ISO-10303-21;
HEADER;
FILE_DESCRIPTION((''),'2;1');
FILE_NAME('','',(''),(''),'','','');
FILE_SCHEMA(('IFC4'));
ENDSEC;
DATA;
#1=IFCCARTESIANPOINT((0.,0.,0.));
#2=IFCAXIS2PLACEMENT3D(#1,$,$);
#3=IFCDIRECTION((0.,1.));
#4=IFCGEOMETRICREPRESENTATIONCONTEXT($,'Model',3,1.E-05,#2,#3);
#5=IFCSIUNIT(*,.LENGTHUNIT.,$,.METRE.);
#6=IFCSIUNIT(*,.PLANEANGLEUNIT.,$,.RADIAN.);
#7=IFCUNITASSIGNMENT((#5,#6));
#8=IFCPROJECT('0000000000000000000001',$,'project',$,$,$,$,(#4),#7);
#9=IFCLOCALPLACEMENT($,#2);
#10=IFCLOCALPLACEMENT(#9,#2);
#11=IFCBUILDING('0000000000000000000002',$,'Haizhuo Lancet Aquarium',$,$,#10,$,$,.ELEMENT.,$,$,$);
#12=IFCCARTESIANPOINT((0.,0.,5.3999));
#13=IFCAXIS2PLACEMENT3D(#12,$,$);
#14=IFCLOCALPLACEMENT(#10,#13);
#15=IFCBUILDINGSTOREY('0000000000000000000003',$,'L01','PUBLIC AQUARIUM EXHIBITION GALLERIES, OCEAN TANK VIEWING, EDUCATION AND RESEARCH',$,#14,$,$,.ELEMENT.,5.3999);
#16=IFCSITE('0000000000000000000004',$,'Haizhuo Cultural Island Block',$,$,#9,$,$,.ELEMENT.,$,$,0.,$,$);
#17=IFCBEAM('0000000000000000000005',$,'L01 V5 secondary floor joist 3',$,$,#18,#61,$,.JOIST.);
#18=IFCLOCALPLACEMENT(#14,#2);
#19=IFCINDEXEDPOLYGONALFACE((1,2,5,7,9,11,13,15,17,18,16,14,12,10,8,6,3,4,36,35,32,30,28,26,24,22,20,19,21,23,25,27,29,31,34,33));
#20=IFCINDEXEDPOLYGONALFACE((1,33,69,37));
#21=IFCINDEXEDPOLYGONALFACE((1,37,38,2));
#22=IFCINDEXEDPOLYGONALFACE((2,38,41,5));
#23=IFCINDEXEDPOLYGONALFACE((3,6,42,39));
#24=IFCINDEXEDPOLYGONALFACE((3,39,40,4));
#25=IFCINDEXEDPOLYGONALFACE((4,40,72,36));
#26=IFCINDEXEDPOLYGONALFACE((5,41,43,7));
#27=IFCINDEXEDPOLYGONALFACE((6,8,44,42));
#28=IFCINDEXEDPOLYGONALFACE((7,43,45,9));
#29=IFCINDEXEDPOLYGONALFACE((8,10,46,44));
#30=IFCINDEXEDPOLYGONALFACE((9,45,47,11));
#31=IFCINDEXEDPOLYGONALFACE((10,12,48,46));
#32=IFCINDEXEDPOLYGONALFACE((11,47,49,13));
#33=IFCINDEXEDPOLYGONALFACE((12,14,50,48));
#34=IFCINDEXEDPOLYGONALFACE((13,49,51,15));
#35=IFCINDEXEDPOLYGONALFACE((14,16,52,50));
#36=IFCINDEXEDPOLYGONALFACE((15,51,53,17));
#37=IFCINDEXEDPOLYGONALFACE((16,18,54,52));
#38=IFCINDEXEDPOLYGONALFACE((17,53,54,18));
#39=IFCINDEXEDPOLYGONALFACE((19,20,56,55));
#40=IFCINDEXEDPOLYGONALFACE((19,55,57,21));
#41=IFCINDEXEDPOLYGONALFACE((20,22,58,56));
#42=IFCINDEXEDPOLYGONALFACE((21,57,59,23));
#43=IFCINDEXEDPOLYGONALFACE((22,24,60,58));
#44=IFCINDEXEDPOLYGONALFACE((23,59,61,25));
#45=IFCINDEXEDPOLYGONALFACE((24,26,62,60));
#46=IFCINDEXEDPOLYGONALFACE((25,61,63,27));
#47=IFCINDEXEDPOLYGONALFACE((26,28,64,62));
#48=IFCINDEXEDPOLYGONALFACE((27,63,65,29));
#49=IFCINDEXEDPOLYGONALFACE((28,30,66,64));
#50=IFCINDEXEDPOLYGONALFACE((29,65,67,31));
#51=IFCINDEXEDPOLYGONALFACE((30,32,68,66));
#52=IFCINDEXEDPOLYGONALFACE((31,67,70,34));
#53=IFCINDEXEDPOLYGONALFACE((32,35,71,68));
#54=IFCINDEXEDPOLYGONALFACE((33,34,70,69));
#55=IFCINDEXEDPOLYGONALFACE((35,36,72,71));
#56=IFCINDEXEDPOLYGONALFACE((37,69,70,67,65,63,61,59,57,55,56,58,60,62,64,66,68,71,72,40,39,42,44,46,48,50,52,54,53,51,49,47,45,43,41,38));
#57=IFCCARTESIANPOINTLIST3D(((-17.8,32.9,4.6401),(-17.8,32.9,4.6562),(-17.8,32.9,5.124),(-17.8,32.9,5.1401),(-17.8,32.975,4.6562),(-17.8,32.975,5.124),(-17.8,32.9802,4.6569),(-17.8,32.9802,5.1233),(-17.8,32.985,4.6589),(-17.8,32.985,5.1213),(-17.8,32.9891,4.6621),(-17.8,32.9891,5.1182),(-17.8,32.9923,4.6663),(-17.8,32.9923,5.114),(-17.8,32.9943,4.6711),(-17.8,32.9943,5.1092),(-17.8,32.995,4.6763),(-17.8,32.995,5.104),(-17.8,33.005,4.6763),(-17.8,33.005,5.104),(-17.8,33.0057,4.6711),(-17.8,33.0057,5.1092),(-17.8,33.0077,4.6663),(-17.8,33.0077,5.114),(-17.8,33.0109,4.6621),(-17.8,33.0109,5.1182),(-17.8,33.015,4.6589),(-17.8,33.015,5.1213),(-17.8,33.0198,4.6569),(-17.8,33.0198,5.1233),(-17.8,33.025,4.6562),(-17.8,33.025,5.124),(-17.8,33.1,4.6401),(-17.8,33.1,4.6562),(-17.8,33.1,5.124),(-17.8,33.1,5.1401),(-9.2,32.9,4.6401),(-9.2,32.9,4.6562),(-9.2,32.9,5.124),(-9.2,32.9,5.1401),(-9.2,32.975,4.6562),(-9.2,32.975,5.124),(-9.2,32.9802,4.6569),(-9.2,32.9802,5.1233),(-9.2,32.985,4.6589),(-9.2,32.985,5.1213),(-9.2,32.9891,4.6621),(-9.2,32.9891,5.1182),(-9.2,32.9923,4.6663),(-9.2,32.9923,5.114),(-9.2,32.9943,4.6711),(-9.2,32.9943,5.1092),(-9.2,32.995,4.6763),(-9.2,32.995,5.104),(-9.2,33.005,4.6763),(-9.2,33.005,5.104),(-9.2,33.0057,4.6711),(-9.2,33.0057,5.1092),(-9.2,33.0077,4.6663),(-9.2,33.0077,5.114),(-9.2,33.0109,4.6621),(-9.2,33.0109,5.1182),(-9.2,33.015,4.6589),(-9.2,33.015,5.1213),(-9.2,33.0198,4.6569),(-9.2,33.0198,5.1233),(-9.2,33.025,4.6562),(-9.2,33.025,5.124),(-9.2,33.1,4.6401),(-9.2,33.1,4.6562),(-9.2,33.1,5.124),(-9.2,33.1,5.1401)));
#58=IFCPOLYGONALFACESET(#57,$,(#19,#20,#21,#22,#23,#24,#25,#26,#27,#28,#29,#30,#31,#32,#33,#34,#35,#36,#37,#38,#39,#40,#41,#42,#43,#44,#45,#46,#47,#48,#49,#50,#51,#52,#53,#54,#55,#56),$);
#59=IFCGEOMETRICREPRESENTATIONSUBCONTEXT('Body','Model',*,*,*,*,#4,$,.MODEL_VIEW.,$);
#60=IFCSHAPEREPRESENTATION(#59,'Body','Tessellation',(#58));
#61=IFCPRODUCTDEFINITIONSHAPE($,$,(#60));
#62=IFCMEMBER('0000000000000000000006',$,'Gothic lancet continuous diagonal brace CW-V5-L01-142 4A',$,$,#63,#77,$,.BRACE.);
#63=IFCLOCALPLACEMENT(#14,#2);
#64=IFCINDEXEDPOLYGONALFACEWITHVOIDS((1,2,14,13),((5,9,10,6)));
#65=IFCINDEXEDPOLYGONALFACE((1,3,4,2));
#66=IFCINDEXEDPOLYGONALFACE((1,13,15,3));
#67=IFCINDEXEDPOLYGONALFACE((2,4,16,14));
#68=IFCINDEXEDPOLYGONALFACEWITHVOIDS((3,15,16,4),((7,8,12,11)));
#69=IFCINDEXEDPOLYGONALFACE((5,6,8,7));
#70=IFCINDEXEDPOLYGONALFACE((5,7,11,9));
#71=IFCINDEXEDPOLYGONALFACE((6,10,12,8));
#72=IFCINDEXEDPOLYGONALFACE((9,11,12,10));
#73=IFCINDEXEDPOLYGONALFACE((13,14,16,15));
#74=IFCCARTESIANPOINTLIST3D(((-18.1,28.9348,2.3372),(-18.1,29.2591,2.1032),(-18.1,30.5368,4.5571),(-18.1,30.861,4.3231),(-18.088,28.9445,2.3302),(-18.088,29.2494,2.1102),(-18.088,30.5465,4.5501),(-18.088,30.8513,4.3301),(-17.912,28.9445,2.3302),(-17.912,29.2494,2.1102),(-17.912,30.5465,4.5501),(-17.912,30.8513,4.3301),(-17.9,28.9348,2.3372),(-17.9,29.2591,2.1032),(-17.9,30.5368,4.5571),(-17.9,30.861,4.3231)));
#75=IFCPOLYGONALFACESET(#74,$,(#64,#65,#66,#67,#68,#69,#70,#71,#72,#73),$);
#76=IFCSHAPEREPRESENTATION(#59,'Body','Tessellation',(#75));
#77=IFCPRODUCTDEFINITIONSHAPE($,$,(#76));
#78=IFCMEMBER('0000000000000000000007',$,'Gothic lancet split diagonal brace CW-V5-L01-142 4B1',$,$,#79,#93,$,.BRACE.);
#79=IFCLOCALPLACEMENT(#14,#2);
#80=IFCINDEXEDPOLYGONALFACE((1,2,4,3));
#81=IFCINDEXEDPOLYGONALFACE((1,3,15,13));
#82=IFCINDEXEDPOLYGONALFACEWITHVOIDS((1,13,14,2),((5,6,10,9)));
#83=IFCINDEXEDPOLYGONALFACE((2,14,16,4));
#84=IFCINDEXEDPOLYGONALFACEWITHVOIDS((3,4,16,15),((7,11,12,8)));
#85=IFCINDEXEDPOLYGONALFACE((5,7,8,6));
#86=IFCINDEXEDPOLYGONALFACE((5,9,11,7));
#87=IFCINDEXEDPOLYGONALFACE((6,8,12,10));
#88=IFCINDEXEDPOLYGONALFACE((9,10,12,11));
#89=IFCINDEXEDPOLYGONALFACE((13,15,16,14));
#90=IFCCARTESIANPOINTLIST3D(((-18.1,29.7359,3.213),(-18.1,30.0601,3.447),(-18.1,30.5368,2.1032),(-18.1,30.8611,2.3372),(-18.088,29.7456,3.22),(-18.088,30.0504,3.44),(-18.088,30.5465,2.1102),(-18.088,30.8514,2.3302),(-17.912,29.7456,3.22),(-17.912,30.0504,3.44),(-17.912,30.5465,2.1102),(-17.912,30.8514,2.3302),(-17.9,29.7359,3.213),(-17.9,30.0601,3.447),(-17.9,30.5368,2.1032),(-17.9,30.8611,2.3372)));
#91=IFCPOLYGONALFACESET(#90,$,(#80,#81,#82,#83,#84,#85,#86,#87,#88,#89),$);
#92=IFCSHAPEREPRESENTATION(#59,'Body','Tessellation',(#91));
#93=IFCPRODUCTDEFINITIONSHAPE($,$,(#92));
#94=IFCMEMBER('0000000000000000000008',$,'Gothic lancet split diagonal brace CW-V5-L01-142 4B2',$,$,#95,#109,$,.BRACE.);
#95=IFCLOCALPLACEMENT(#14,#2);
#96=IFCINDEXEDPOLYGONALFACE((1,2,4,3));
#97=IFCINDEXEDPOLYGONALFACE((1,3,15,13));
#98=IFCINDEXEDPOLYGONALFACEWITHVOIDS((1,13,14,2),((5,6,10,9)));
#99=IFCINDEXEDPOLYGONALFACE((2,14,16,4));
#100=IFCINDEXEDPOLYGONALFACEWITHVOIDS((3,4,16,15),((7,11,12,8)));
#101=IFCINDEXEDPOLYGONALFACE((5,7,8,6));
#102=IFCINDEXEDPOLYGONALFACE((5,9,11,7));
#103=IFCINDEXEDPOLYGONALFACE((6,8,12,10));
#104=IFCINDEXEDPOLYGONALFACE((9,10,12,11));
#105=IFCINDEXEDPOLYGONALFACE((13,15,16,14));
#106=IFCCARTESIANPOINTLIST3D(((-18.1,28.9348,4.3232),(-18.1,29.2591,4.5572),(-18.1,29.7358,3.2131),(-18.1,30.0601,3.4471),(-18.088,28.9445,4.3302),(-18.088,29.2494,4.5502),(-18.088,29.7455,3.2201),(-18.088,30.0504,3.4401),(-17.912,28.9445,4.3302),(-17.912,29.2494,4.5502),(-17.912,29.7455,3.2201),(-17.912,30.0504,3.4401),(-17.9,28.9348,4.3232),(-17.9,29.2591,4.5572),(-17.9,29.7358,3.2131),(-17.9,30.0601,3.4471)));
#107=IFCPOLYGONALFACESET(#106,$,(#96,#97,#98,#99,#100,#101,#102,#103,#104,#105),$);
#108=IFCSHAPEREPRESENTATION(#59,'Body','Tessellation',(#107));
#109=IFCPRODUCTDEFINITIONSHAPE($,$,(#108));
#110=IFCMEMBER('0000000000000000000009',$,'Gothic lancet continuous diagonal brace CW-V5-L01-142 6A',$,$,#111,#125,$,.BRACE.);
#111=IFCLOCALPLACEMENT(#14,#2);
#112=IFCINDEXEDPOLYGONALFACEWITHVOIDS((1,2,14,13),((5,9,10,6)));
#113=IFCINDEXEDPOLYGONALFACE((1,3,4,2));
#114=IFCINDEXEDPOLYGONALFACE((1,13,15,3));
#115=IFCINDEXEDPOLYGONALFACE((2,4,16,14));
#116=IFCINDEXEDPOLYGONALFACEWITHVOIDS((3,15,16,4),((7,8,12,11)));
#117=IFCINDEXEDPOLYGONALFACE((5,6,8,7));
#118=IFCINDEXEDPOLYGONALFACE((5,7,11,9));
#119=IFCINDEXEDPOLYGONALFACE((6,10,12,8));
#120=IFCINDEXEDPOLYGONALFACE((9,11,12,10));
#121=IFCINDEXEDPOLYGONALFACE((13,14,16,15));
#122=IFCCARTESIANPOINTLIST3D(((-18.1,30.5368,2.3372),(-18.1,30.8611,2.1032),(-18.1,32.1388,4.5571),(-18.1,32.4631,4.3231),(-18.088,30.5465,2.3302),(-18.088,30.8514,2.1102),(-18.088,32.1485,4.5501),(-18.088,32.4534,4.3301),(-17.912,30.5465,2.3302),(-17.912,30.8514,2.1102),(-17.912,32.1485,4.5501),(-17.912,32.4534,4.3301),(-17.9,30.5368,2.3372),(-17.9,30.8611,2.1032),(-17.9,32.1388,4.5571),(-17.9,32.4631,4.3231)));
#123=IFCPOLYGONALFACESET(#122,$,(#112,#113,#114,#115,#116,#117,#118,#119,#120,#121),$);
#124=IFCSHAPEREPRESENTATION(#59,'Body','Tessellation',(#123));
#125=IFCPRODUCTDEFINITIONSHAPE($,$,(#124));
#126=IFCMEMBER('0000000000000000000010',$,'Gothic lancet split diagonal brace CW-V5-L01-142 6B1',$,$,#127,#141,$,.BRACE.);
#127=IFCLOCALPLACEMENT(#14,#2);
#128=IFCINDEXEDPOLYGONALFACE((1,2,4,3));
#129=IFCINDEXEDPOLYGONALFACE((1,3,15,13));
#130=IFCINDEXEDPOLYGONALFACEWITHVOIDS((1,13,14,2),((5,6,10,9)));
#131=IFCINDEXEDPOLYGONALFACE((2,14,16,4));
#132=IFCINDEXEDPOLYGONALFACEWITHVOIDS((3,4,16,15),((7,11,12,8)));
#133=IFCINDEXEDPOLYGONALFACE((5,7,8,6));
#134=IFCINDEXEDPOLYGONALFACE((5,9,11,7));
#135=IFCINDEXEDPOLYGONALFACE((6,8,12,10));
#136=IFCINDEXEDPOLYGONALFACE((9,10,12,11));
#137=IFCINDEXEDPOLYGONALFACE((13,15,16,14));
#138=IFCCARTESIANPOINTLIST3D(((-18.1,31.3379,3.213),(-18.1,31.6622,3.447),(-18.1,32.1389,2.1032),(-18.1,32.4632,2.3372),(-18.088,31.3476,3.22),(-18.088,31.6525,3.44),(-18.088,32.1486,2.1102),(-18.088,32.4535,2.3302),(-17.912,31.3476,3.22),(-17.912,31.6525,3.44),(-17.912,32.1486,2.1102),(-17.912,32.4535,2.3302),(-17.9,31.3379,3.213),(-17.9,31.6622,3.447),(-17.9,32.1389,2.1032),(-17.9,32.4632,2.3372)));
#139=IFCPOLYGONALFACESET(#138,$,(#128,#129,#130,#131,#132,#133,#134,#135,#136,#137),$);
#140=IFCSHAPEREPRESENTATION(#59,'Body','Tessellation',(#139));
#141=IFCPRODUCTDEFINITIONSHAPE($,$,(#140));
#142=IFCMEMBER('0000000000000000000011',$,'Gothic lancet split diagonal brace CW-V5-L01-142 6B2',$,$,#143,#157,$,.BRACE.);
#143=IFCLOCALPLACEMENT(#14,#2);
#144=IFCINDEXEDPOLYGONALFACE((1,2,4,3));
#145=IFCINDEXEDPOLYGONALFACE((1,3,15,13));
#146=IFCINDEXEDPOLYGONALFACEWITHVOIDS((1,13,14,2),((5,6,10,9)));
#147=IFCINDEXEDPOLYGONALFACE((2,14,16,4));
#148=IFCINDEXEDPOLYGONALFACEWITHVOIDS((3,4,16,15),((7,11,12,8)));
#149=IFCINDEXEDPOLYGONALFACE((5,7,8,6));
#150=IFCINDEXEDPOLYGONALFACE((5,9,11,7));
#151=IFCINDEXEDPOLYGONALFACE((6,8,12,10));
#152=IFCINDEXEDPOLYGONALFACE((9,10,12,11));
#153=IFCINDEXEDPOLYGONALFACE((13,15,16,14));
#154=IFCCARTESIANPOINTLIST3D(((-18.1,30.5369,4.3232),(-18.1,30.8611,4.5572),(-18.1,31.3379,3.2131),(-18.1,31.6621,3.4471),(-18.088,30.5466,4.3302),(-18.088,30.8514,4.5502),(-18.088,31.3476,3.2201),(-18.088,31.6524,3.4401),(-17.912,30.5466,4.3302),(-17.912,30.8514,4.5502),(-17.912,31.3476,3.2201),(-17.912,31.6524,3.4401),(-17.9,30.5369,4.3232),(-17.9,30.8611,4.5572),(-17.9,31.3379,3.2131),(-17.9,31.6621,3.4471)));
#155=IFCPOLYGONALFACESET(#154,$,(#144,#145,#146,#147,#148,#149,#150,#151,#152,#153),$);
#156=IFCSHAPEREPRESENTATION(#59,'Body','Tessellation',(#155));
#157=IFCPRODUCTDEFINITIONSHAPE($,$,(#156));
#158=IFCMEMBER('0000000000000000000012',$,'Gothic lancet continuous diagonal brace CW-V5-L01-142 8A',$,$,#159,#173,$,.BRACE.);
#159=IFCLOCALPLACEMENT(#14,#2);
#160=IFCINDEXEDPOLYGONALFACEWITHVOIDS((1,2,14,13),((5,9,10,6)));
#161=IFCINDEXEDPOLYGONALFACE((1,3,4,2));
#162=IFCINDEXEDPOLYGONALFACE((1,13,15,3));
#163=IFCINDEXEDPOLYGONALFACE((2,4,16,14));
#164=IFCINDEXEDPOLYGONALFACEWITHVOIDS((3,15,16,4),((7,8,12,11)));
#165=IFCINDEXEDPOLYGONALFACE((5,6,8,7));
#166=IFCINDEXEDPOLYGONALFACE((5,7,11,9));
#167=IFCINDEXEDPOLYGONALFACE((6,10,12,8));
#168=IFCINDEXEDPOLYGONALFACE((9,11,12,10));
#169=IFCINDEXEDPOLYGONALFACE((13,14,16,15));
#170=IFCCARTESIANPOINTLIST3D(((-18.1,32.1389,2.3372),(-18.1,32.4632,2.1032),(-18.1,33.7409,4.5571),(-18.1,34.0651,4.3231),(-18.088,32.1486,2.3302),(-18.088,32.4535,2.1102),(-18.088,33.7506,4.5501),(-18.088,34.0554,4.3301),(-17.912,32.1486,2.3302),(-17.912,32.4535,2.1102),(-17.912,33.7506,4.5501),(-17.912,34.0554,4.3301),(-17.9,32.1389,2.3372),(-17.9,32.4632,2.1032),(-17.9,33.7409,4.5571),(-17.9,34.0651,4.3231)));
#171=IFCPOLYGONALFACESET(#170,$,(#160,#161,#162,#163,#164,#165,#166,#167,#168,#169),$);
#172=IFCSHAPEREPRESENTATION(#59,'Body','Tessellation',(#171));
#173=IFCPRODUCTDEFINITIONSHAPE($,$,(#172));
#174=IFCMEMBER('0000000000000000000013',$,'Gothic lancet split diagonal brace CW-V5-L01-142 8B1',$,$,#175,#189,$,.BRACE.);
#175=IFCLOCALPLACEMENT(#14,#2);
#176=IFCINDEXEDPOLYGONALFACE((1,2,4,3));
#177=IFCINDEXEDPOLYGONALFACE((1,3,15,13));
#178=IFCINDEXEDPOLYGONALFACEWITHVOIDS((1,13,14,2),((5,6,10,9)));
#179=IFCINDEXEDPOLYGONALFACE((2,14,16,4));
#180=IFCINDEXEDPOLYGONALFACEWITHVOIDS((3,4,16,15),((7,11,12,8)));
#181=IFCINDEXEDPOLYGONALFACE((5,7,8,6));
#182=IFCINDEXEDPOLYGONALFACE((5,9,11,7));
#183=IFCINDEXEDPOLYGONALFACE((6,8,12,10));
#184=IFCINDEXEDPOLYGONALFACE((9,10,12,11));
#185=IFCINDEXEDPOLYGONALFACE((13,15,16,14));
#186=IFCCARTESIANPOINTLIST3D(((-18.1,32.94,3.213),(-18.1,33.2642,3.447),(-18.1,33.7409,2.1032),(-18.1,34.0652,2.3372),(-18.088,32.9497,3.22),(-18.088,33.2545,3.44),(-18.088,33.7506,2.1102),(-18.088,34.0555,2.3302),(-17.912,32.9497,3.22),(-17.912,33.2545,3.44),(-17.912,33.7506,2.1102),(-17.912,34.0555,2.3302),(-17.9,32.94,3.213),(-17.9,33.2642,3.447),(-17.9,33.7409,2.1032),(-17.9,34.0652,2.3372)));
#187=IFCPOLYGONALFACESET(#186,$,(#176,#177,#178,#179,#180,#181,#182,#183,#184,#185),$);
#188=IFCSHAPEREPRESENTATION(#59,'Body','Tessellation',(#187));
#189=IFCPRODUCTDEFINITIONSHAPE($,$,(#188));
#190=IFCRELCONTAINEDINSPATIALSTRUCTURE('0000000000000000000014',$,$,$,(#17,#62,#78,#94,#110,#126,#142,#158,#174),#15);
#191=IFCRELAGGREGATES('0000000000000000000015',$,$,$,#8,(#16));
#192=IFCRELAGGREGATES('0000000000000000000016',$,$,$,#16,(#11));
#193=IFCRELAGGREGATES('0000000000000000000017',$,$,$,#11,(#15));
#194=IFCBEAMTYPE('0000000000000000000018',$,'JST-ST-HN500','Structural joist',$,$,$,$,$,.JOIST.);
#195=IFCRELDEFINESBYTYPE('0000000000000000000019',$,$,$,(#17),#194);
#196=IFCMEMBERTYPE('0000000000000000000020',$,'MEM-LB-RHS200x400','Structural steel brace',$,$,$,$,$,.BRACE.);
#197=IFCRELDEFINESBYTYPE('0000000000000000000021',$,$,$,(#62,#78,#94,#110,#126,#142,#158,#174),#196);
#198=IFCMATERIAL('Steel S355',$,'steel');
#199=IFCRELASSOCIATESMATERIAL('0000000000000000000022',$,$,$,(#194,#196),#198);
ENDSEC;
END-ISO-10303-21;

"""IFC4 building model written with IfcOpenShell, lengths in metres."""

from ifc_helpers import new_model, si_unit, direction, frame, origin, origin_2d, place, context, subcontext, project, spatial, hollow_rectangle, i_section, extrude, material, material_profile, profile_set, type_object, element, save


model = new_model("IFC4")

# Units and contexts
model_context = context("Model", 3, precision=1e-05, world=origin(), true_north=direction((0.0, 1.0)))
body_context = subcontext(model_context, "Body", "Model", "MODEL_VIEW")
ifc_project = project(units=[si_unit("LENGTHUNIT", "METRE"), si_unit("PLANEANGLEUNIT", "RADIAN")], contexts=[model_context])

# Site, building, storey
site_placement = place(None, origin())
site = spatial("IfcSite", under=ifc_project, at=site_placement, Name="Haizhuo Cultural Island Block", CompositionType="ELEMENT", RefElevation=0.0)
building_placement = place(site_placement, origin())
building = spatial("IfcBuilding", under=site, at=building_placement, Name="Haizhuo Lancet Aquarium", CompositionType="ELEMENT")
storey_placement = place(building_placement, frame((0.0, 0.0, 5.3999)))
storey = spatial("IfcBuildingStorey", under=building, at=storey_placement, Name="L01", Description="PUBLIC AQUARIUM EXHIBITION GALLERIES, OCEAN TANK VIEWING, EDUCATION AND RESEARCH", CompositionType="ELEMENT", Elevation=5.3999)

# Beam
ifc_material_1 = material(Name="Steel S355", Category="steel")
ifc_material_profile_1 = material_profile(ifc_material_1, i_section(OverallWidth=0.2, OverallDepth=0.5, WebThickness=0.01, FlangeThickness=0.0161, FilletRadius=0.02, at=origin_2d()), Name="HN 500x200x10x16")
ifc_profile_set_1 = profile_set([ifc_material_profile_1], Name="Steel S355")
beam_type_1 = type_object("IfcBeamType", Name="JST-ST-HN500", Description="Structural joist", PredefinedType="JOIST", material=ifc_profile_set_1)
beam_1_placement = place(storey_placement, frame((-17.8, 33.0, 4.8901), z_axis=(1.0, 0.0, 0.0), x_axis=(0.0, 1.0, 0.0)))
element("IfcBeam", 1, at=beam_1_placement, inside=storey, type_object=beam_type_1, Name="L01 V5 secondary floor joist 3", PredefinedType="JOIST", context=body_context, shape_type="SweptSolid", body=[
    extrude(i_section(OverallWidth=0.2, OverallDepth=0.5, WebThickness=0.01, FlangeThickness=0.0161, FilletRadius=0.02, at=origin_2d()), origin(), (0.0, 0.0, 1.0), 8.6001),
])

# Members
ifc_material_profile_2 = material_profile(ifc_material_1, hollow_rectangle(XDim=0.2, YDim=0.3999, WallThickness=0.012, at=origin_2d()), Name="RHS 200x400x12")
ifc_profile_set_2 = profile_set([ifc_material_profile_2], Name="Steel S355")
member_type_1 = type_object("IfcMemberType", Name="MEM-LB-RHS200x400", Description="Structural steel brace", PredefinedType="BRACE", material=ifc_profile_set_2)
member_1_placement = place(storey_placement, frame((-18.0, 29.0969, 2.2202), z_axis=(0.0, 0.585188, 0.810898), x_axis=(-1.0, 0.0, 0.0)))
element("IfcMember", 2, at=member_1_placement, inside=storey, type_object=member_type_1, Name="Gothic lancet continuous diagonal brace CW-V5-L01-142 4A", PredefinedType="BRACE", context=body_context, shape_type="SweptSolid", body=[
    extrude(hollow_rectangle(XDim=0.2, YDim=0.3999, WallThickness=0.012, at=origin_2d()), origin(), (0.0, 0.0, 1.0), 2.7375),
])
member_2_placement = place(storey_placement, frame((-18.0, 30.699, 2.2202), z_axis=(0.0, -0.58523, 0.810867), x_axis=(1.0, 0.0, 0.0)))
element("IfcMember", 3, at=member_2_placement, inside=storey, type_object=member_type_1, Name="Gothic lancet split diagonal brace CW-V5-L01-142 4B1", PredefinedType="BRACE", context=body_context, shape_type="SweptSolid", body=[
    extrude(hollow_rectangle(XDim=0.2, YDim=0.3999, WallThickness=0.012, at=origin_2d()), origin(), (0.0, 0.0, 1.0), 1.3687),
])
member_3_placement = place(storey_placement, frame((-18.0, 29.8979, 3.3301), z_axis=(0.0, -0.585145, 0.810928), x_axis=(1.0, 0.0, 0.0)))
element("IfcMember", 4, at=member_3_placement, inside=storey, type_object=member_type_1, Name="Gothic lancet split diagonal brace CW-V5-L01-142 4B2", PredefinedType="BRACE", context=body_context, shape_type="SweptSolid", body=[
    extrude(hollow_rectangle(XDim=0.2, YDim=0.3999, WallThickness=0.012, at=origin_2d()), origin(), (0.0, 0.0, 1.0), 1.3689),
])
member_4_placement = place(storey_placement, frame((-18.0, 30.699, 2.2202), z_axis=(0.0, 0.585188, 0.810898), x_axis=(-1.0, 0.0, 0.0)))
element("IfcMember", 5, at=member_4_placement, inside=storey, type_object=member_type_1, Name="Gothic lancet continuous diagonal brace CW-V5-L01-142 6A", PredefinedType="BRACE", context=body_context, shape_type="SweptSolid", body=[
    extrude(hollow_rectangle(XDim=0.2, YDim=0.3999, WallThickness=0.012, at=origin_2d()), origin(), (0.0, 0.0, 1.0), 2.7375),
])
member_5_placement = place(storey_placement, frame((-18.0, 32.301, 2.2202), z_axis=(0.0, -0.58523, 0.810867), x_axis=(1.0, 0.0, 0.0)))
element("IfcMember", 6, at=member_5_placement, inside=storey, type_object=member_type_1, Name="Gothic lancet split diagonal brace CW-V5-L01-142 6B1", PredefinedType="BRACE", context=body_context, shape_type="SweptSolid", body=[
    extrude(hollow_rectangle(XDim=0.2, YDim=0.3999, WallThickness=0.012, at=origin_2d()), origin(), (0.0, 0.0, 1.0), 1.3687),
])
member_6_placement = place(storey_placement, frame((-18.0, 31.5, 3.3301), z_axis=(0.0, -0.585145, 0.810928), x_axis=(1.0, 0.0, 0.0)))
element("IfcMember", 7, at=member_6_placement, inside=storey, type_object=member_type_1, Name="Gothic lancet split diagonal brace CW-V5-L01-142 6B2", PredefinedType="BRACE", context=body_context, shape_type="SweptSolid", body=[
    extrude(hollow_rectangle(XDim=0.2, YDim=0.3999, WallThickness=0.012, at=origin_2d()), origin(), (0.0, 0.0, 1.0), 1.3689),
])
member_7_placement = place(storey_placement, frame((-18.0, 32.301, 2.2202), z_axis=(0.0, 0.585188, 0.810898), x_axis=(-1.0, 0.0, 0.0)))
element("IfcMember", 8, at=member_7_placement, inside=storey, type_object=member_type_1, Name="Gothic lancet continuous diagonal brace CW-V5-L01-142 8A", PredefinedType="BRACE", context=body_context, shape_type="SweptSolid", body=[
    extrude(hollow_rectangle(XDim=0.2, YDim=0.3999, WallThickness=0.012, at=origin_2d()), origin(), (0.0, 0.0, 1.0), 2.7375),
])
member_8_placement = place(storey_placement, frame((-18.0, 33.9031, 2.2202), z_axis=(0.0, -0.58523, 0.810867), x_axis=(1.0, 0.0, 0.0)))
element("IfcMember", 9, at=member_8_placement, inside=storey, type_object=member_type_1, Name="Gothic lancet split diagonal brace CW-V5-L01-142 8B1", PredefinedType="BRACE", context=body_context, shape_type="SweptSolid", body=[
    extrude(hollow_rectangle(XDim=0.2, YDim=0.3999, WallThickness=0.012, at=origin_2d()), origin(), (0.0, 0.0, 1.0), 1.3687),
])

save(model, "model.ifc")
